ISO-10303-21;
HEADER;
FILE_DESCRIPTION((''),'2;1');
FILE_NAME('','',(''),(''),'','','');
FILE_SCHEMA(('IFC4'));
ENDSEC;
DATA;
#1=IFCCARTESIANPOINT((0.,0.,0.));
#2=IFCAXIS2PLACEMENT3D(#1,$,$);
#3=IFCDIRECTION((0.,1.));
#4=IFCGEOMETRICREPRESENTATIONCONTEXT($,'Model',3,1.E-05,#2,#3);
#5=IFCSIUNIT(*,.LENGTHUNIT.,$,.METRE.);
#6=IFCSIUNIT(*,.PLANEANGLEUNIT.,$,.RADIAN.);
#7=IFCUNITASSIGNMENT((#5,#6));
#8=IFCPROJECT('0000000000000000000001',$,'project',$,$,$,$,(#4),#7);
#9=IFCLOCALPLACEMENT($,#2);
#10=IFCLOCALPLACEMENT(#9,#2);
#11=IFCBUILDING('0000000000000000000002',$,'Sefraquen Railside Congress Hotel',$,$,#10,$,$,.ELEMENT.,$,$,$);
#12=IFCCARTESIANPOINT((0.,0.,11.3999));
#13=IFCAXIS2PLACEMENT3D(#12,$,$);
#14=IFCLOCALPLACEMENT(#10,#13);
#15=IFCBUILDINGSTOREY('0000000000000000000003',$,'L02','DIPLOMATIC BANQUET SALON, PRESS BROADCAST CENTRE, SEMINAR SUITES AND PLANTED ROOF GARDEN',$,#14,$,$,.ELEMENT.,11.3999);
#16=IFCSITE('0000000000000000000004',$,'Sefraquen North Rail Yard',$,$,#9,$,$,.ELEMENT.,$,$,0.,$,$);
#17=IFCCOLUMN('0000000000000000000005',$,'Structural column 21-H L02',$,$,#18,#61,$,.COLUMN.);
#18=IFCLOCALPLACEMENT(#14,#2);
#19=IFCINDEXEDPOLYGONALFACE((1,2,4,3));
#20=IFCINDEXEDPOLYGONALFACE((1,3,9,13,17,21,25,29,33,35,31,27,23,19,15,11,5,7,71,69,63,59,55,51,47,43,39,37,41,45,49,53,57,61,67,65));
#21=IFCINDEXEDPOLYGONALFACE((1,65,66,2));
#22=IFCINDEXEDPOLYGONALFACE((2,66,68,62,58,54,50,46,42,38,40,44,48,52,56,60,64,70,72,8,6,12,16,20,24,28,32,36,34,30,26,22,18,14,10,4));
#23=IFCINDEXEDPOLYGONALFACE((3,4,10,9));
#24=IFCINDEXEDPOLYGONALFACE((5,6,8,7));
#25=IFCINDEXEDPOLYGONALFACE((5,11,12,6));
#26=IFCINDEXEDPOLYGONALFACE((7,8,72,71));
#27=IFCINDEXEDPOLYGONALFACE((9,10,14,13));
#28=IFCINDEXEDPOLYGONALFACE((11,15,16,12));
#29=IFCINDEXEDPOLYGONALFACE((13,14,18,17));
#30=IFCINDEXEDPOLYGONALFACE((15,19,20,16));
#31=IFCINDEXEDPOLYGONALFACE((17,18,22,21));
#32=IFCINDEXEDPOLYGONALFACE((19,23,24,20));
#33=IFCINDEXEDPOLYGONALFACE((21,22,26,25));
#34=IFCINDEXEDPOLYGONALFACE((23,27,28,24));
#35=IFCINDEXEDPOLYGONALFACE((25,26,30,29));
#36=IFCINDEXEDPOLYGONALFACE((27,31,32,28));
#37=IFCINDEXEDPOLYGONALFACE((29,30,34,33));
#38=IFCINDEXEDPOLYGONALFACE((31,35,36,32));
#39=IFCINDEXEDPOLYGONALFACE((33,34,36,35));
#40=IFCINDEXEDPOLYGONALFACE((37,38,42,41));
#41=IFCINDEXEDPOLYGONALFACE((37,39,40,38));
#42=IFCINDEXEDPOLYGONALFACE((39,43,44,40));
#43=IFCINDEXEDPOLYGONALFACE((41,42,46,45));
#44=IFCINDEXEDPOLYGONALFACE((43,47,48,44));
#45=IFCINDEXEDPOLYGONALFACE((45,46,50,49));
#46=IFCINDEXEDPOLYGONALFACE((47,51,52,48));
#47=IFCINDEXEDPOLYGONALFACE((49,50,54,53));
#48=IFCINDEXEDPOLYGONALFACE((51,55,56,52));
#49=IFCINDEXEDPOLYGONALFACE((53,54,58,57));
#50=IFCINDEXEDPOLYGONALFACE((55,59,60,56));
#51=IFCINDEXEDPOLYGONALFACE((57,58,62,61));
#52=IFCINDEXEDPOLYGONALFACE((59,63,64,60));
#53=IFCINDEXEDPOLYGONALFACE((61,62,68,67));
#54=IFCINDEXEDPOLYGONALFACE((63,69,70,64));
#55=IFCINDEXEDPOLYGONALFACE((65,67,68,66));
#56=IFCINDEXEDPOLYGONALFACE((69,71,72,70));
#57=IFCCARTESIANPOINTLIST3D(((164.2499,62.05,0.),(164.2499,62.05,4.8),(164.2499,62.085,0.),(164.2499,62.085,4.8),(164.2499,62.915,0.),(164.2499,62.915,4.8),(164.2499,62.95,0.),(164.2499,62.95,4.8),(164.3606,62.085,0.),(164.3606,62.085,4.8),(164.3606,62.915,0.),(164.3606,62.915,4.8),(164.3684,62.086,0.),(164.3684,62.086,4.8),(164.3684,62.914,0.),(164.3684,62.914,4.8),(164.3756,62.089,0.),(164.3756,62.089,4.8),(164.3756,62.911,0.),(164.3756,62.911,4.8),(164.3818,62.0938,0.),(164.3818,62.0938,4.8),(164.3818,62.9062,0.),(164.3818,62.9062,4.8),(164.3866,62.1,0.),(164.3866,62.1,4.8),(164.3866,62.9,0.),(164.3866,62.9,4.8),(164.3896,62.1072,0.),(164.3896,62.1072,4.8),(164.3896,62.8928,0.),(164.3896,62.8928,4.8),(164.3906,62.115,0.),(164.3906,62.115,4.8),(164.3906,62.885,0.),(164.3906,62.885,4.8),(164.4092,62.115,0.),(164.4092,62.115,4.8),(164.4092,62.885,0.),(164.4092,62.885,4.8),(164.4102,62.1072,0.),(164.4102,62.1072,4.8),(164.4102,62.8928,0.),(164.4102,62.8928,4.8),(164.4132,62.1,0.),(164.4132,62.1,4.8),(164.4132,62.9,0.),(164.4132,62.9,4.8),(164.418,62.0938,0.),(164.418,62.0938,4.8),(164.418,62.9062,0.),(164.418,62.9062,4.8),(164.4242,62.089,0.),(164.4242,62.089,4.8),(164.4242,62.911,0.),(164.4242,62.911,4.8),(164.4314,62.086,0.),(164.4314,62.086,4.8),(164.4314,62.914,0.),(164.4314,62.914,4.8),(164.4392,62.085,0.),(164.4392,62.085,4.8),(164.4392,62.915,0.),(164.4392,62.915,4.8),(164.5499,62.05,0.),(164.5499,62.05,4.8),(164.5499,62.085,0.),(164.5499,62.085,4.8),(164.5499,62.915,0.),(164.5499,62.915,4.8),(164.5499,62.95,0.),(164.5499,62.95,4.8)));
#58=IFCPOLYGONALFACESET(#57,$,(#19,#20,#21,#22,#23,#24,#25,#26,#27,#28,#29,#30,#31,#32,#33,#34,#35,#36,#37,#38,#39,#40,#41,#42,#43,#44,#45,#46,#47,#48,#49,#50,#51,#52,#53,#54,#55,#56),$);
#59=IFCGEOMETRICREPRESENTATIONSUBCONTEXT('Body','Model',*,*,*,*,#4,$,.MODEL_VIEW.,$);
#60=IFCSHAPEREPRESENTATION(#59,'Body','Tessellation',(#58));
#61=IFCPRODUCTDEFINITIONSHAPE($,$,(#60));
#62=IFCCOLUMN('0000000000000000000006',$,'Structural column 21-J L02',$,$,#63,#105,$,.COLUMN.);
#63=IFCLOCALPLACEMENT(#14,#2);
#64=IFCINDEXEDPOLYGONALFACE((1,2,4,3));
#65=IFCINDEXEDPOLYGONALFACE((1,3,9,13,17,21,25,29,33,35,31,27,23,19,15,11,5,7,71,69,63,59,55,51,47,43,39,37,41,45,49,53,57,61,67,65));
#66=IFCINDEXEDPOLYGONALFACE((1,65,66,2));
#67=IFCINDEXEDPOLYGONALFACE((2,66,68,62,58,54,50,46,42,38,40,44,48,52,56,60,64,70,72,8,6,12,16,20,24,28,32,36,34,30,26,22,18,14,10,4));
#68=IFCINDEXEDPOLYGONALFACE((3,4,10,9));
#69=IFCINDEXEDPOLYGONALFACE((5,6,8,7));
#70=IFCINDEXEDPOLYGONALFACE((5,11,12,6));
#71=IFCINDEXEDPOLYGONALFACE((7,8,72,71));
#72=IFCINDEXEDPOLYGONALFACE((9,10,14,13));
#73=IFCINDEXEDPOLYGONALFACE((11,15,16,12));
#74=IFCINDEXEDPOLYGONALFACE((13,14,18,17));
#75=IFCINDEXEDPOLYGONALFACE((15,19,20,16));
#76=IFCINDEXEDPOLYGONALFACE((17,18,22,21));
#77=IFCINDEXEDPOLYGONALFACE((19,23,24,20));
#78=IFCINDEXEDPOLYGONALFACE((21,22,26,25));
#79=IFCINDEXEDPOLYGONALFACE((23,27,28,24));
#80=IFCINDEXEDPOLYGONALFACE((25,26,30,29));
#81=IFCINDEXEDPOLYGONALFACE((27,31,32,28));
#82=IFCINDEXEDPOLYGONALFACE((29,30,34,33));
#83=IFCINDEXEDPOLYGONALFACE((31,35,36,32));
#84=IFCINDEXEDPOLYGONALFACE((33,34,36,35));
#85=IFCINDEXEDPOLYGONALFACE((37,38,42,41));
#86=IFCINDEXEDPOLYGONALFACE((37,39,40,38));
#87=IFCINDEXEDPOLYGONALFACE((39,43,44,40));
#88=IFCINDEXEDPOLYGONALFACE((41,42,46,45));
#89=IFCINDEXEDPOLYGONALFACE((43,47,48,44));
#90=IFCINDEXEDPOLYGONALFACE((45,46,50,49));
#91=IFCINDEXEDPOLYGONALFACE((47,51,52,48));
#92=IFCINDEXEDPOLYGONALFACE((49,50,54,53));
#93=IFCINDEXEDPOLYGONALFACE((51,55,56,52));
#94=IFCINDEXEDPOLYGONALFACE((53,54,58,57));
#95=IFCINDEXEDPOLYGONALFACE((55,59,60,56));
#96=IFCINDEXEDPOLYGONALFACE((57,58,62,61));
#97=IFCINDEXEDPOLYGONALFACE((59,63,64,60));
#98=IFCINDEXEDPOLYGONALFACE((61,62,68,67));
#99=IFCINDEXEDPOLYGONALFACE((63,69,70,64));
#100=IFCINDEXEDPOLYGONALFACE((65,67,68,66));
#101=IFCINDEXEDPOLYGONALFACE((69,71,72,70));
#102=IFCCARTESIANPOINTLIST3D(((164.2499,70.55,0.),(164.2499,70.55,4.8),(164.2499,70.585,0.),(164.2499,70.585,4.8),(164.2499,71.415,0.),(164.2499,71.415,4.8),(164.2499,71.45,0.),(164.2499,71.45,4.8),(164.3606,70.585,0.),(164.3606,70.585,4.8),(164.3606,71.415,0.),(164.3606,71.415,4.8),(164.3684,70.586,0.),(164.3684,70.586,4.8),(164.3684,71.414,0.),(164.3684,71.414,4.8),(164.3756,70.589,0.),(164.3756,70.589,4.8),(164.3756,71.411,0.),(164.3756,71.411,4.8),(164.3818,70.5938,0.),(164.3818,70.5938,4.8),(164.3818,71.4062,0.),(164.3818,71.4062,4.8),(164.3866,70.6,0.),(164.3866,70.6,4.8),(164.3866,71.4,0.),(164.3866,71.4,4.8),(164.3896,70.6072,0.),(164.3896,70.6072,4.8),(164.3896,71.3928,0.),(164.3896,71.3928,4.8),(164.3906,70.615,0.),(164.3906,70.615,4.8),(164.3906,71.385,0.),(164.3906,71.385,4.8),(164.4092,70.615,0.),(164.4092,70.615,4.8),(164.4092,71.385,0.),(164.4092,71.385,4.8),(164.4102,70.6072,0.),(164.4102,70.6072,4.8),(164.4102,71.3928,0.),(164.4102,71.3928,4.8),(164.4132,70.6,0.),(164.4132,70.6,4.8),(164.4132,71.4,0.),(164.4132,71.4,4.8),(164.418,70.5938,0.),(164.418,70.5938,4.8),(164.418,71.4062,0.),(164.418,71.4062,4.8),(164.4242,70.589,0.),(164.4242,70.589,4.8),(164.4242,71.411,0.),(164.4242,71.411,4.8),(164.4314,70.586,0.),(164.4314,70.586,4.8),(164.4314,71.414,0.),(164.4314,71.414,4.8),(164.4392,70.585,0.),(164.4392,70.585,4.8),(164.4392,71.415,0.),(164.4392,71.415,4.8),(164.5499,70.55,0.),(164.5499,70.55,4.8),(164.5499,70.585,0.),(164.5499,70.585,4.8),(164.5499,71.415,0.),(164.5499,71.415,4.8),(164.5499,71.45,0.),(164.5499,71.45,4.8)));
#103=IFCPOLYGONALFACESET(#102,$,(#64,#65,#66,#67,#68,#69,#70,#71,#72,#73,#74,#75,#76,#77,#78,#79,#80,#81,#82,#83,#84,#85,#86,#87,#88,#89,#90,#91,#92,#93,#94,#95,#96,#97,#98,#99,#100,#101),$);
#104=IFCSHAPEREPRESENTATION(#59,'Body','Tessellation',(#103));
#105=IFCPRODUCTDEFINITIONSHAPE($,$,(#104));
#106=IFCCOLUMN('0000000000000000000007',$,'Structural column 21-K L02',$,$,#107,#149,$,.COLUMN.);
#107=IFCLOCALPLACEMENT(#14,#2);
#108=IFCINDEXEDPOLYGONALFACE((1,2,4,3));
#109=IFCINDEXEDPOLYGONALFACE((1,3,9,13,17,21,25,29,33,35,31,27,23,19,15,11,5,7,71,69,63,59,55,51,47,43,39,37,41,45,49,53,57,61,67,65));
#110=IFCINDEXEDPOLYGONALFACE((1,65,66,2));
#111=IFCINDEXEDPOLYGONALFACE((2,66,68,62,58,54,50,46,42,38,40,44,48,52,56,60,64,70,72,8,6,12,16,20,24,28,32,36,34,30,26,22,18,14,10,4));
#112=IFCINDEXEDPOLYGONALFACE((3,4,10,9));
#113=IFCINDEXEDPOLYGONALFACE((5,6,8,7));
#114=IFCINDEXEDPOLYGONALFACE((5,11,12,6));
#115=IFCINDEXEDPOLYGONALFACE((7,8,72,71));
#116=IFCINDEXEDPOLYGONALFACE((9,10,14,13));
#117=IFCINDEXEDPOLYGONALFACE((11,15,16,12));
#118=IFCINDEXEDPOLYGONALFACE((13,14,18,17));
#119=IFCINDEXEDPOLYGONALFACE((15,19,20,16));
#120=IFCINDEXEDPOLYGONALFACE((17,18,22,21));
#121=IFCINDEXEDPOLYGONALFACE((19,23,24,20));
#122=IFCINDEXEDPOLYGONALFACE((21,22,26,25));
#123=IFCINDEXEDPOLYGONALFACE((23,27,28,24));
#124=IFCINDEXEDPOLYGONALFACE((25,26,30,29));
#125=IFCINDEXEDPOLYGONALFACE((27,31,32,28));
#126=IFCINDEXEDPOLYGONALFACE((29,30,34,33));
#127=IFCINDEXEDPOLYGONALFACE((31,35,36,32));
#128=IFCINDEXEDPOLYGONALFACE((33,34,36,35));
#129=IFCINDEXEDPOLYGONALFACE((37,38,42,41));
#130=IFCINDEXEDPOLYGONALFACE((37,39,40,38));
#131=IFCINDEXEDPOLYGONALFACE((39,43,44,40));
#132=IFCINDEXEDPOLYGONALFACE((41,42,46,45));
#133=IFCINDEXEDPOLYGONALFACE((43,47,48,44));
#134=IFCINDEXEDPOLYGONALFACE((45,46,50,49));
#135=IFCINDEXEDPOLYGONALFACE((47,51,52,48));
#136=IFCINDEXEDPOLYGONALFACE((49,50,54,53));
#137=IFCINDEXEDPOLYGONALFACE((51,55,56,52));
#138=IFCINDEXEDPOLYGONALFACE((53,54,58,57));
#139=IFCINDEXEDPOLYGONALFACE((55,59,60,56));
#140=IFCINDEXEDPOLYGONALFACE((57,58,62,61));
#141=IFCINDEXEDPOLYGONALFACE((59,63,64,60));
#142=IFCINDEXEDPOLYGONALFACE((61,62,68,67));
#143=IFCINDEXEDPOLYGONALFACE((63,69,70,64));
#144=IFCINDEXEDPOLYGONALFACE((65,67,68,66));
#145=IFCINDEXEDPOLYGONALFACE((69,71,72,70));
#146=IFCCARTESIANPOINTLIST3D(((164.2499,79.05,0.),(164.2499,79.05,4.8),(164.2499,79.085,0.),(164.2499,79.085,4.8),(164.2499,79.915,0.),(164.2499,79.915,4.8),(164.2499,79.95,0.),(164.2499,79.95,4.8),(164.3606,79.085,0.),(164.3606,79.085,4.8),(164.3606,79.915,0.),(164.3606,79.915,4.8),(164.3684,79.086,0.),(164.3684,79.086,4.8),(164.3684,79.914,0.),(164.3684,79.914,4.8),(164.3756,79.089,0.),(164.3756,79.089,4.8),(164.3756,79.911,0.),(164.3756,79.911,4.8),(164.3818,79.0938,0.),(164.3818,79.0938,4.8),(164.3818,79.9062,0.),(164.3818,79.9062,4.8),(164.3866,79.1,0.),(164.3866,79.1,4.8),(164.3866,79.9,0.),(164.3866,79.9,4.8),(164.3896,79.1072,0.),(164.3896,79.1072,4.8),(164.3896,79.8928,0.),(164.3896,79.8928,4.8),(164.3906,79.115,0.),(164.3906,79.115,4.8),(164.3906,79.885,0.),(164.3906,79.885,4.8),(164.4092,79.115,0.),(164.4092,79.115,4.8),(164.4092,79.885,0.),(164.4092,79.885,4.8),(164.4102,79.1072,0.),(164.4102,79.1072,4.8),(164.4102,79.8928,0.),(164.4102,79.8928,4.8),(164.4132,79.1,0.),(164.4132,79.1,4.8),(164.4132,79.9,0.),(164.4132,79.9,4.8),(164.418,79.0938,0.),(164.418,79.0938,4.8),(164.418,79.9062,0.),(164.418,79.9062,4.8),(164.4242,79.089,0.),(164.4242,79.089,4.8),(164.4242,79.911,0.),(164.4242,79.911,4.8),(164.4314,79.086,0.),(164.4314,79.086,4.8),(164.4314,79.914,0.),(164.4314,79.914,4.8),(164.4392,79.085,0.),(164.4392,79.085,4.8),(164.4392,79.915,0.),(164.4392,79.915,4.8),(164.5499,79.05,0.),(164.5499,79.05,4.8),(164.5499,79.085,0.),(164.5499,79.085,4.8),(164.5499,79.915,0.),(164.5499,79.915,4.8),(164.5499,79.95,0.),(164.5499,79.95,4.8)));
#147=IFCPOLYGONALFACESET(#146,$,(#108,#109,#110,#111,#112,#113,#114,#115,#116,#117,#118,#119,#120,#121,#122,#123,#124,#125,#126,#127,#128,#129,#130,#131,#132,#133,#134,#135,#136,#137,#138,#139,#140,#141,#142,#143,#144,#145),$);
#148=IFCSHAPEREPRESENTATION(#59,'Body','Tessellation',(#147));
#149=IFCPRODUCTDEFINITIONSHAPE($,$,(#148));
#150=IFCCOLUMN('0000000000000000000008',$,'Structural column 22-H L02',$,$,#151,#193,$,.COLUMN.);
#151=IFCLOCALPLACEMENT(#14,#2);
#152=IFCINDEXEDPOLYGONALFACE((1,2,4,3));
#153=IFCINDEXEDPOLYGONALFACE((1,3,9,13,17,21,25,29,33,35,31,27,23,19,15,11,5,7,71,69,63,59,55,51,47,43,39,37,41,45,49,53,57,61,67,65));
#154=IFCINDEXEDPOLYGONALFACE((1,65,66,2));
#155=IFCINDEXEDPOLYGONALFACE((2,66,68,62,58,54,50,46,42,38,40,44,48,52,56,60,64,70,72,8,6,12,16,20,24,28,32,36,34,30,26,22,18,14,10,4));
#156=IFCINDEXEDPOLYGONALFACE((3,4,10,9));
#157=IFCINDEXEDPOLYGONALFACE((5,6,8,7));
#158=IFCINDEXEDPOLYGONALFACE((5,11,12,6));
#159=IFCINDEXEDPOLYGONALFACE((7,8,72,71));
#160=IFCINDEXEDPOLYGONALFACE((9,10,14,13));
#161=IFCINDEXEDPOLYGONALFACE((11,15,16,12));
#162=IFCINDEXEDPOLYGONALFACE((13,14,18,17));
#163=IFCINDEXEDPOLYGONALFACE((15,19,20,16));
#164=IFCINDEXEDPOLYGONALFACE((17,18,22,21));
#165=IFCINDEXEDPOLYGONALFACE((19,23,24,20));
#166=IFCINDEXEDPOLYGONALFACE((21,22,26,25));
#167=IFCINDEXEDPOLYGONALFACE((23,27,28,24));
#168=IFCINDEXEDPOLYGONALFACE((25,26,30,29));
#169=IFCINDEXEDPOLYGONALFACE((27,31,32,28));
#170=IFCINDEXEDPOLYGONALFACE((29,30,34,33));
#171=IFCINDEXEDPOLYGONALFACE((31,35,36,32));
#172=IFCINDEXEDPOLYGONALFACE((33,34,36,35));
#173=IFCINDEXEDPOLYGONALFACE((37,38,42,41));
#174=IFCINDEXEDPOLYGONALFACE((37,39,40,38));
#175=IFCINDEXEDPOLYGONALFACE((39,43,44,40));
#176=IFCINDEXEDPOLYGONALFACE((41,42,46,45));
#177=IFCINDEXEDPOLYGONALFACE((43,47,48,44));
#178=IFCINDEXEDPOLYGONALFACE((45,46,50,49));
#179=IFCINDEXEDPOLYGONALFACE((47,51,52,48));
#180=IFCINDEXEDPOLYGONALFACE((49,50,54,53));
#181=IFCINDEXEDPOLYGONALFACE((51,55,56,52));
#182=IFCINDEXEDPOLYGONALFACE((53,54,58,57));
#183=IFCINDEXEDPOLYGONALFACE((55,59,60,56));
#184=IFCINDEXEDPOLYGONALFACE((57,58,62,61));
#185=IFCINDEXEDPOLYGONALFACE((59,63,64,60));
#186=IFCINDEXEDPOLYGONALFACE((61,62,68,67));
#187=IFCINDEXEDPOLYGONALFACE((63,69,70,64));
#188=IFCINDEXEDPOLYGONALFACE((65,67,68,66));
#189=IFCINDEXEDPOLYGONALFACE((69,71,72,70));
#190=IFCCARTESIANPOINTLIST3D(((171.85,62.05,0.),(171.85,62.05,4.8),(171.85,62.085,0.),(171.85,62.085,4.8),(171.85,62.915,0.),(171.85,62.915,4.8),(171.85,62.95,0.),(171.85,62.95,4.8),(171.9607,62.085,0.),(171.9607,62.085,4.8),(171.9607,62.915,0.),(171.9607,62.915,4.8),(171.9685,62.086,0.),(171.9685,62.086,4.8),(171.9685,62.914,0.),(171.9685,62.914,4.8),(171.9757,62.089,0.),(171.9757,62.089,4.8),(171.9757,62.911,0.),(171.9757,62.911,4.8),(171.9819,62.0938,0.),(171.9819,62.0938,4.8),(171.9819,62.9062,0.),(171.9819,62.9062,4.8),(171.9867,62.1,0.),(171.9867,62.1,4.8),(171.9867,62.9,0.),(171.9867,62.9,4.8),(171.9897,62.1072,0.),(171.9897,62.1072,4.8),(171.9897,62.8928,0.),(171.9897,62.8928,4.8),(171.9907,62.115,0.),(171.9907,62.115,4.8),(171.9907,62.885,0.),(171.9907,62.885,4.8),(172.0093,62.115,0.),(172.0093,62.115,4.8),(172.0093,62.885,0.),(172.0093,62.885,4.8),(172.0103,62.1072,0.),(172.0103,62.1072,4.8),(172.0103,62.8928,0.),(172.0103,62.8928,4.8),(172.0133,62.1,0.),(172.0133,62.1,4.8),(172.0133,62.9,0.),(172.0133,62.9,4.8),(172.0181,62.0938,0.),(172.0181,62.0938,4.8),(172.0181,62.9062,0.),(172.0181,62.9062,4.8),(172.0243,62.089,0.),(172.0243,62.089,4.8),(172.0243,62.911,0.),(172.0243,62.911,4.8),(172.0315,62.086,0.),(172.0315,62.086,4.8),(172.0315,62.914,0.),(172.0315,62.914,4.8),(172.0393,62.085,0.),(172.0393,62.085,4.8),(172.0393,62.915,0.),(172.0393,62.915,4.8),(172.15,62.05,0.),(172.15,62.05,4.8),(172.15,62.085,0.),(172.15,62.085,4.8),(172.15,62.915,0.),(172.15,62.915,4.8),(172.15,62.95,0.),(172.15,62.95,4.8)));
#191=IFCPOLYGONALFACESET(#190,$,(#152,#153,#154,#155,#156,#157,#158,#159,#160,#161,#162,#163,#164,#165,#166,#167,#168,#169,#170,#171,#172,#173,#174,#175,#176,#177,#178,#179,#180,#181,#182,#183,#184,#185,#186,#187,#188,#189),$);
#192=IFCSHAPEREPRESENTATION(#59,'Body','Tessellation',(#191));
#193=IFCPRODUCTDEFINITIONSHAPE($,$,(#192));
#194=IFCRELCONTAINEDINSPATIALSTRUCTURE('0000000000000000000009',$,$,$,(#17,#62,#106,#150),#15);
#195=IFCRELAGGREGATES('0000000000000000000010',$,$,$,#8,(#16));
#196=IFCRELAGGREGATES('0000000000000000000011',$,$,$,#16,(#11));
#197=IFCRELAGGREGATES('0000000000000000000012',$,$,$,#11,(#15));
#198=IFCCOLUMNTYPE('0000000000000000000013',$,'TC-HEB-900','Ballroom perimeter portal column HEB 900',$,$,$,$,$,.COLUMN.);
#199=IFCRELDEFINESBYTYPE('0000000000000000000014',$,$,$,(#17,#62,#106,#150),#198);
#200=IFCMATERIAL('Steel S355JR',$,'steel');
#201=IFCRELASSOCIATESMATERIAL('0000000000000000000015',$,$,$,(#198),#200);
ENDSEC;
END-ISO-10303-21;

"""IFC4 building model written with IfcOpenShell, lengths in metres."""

from ifc_helpers import new_model, si_unit, direction, frame, origin, origin_2d, place, context, subcontext, project, spatial, i_section, extrude, material, material_profile, profile_set, type_object, element, save


model = new_model("IFC4")

# Units and contexts
model_context = context("Model", 3, precision=1e-05, world=origin(), true_north=direction((0.0, 1.0)))
body_context = subcontext(model_context, "Body", "Model", "MODEL_VIEW")
ifc_project = project(units=[si_unit("LENGTHUNIT", "METRE"), si_unit("PLANEANGLEUNIT", "RADIAN")], contexts=[model_context])

# Site, building, storey
site_placement = place(None, origin())
site = spatial("IfcSite", under=ifc_project, at=site_placement, Name="Sefraquen North Rail Yard", CompositionType="ELEMENT", RefElevation=0.0)
building_placement = place(site_placement, origin())
building = spatial("IfcBuilding", under=site, at=building_placement, Name="Sefraquen Railside Congress Hotel", CompositionType="ELEMENT")
storey_placement = place(building_placement, frame((0.0, 0.0, 11.3999)))
storey = spatial("IfcBuildingStorey", under=building, at=storey_placement, Name="L02", Description="DIPLOMATIC BANQUET SALON, PRESS BROADCAST CENTRE, SEMINAR SUITES AND PLANTED ROOF GARDEN", CompositionType="ELEMENT", Elevation=11.3999)

# Columns
ifc_material_1 = material(Name="Steel S355JR", Category="steel")
ifc_material_profile_1 = material_profile(ifc_material_1, i_section(OverallWidth=0.3, OverallDepth=0.8999, WebThickness=0.0186, FlangeThickness=0.0349, FilletRadius=0.03, at=origin_2d()), Name="HEB 900")
ifc_profile_set_1 = profile_set([ifc_material_profile_1], Name="Steel S355JR")
column_type = type_object("IfcColumnType", Name="TC-HEB-900", Description="Ballroom perimeter portal column HEB 900", PredefinedType="COLUMN", material=ifc_profile_set_1)
for number, where, z_axis, x_axis, name in (
    (1, (164.3999, 62.5, 0.0), (0.0, 0.0, 1.0), (1.0, 0.0, 0.0), "Structural column 21-H L02"),
    (2, (164.3999, 71.0, 0.0), (0.0, 0.0, 1.0), (1.0, 0.0, 0.0), "Structural column 21-J L02"),
    (3, (164.3999, 79.5, 0.0), (0.0, 0.0, 1.0), (1.0, 0.0, 0.0), "Structural column 21-K L02"),
    (4, (172.0, 62.5, 0.0), (0.0, 0.0, 1.0), (1.0, 0.0, 0.0), "Structural column 22-H L02"),
):
    element("IfcColumn", number, at=place(storey_placement, frame(where, z_axis=z_axis, x_axis=x_axis)), inside=storey, type_object=column_type, Name=name, PredefinedType="COLUMN", context=body_context, shape_type="SweptSolid", body=[
        extrude(i_section(OverallWidth=0.3, OverallDepth=0.8999, WebThickness=0.0186, FlangeThickness=0.0349, FilletRadius=0.03, at=origin_2d()), origin(), (0.0, 0.0, 1.0), 4.8),
    ])

save(model, "model.ifc")
